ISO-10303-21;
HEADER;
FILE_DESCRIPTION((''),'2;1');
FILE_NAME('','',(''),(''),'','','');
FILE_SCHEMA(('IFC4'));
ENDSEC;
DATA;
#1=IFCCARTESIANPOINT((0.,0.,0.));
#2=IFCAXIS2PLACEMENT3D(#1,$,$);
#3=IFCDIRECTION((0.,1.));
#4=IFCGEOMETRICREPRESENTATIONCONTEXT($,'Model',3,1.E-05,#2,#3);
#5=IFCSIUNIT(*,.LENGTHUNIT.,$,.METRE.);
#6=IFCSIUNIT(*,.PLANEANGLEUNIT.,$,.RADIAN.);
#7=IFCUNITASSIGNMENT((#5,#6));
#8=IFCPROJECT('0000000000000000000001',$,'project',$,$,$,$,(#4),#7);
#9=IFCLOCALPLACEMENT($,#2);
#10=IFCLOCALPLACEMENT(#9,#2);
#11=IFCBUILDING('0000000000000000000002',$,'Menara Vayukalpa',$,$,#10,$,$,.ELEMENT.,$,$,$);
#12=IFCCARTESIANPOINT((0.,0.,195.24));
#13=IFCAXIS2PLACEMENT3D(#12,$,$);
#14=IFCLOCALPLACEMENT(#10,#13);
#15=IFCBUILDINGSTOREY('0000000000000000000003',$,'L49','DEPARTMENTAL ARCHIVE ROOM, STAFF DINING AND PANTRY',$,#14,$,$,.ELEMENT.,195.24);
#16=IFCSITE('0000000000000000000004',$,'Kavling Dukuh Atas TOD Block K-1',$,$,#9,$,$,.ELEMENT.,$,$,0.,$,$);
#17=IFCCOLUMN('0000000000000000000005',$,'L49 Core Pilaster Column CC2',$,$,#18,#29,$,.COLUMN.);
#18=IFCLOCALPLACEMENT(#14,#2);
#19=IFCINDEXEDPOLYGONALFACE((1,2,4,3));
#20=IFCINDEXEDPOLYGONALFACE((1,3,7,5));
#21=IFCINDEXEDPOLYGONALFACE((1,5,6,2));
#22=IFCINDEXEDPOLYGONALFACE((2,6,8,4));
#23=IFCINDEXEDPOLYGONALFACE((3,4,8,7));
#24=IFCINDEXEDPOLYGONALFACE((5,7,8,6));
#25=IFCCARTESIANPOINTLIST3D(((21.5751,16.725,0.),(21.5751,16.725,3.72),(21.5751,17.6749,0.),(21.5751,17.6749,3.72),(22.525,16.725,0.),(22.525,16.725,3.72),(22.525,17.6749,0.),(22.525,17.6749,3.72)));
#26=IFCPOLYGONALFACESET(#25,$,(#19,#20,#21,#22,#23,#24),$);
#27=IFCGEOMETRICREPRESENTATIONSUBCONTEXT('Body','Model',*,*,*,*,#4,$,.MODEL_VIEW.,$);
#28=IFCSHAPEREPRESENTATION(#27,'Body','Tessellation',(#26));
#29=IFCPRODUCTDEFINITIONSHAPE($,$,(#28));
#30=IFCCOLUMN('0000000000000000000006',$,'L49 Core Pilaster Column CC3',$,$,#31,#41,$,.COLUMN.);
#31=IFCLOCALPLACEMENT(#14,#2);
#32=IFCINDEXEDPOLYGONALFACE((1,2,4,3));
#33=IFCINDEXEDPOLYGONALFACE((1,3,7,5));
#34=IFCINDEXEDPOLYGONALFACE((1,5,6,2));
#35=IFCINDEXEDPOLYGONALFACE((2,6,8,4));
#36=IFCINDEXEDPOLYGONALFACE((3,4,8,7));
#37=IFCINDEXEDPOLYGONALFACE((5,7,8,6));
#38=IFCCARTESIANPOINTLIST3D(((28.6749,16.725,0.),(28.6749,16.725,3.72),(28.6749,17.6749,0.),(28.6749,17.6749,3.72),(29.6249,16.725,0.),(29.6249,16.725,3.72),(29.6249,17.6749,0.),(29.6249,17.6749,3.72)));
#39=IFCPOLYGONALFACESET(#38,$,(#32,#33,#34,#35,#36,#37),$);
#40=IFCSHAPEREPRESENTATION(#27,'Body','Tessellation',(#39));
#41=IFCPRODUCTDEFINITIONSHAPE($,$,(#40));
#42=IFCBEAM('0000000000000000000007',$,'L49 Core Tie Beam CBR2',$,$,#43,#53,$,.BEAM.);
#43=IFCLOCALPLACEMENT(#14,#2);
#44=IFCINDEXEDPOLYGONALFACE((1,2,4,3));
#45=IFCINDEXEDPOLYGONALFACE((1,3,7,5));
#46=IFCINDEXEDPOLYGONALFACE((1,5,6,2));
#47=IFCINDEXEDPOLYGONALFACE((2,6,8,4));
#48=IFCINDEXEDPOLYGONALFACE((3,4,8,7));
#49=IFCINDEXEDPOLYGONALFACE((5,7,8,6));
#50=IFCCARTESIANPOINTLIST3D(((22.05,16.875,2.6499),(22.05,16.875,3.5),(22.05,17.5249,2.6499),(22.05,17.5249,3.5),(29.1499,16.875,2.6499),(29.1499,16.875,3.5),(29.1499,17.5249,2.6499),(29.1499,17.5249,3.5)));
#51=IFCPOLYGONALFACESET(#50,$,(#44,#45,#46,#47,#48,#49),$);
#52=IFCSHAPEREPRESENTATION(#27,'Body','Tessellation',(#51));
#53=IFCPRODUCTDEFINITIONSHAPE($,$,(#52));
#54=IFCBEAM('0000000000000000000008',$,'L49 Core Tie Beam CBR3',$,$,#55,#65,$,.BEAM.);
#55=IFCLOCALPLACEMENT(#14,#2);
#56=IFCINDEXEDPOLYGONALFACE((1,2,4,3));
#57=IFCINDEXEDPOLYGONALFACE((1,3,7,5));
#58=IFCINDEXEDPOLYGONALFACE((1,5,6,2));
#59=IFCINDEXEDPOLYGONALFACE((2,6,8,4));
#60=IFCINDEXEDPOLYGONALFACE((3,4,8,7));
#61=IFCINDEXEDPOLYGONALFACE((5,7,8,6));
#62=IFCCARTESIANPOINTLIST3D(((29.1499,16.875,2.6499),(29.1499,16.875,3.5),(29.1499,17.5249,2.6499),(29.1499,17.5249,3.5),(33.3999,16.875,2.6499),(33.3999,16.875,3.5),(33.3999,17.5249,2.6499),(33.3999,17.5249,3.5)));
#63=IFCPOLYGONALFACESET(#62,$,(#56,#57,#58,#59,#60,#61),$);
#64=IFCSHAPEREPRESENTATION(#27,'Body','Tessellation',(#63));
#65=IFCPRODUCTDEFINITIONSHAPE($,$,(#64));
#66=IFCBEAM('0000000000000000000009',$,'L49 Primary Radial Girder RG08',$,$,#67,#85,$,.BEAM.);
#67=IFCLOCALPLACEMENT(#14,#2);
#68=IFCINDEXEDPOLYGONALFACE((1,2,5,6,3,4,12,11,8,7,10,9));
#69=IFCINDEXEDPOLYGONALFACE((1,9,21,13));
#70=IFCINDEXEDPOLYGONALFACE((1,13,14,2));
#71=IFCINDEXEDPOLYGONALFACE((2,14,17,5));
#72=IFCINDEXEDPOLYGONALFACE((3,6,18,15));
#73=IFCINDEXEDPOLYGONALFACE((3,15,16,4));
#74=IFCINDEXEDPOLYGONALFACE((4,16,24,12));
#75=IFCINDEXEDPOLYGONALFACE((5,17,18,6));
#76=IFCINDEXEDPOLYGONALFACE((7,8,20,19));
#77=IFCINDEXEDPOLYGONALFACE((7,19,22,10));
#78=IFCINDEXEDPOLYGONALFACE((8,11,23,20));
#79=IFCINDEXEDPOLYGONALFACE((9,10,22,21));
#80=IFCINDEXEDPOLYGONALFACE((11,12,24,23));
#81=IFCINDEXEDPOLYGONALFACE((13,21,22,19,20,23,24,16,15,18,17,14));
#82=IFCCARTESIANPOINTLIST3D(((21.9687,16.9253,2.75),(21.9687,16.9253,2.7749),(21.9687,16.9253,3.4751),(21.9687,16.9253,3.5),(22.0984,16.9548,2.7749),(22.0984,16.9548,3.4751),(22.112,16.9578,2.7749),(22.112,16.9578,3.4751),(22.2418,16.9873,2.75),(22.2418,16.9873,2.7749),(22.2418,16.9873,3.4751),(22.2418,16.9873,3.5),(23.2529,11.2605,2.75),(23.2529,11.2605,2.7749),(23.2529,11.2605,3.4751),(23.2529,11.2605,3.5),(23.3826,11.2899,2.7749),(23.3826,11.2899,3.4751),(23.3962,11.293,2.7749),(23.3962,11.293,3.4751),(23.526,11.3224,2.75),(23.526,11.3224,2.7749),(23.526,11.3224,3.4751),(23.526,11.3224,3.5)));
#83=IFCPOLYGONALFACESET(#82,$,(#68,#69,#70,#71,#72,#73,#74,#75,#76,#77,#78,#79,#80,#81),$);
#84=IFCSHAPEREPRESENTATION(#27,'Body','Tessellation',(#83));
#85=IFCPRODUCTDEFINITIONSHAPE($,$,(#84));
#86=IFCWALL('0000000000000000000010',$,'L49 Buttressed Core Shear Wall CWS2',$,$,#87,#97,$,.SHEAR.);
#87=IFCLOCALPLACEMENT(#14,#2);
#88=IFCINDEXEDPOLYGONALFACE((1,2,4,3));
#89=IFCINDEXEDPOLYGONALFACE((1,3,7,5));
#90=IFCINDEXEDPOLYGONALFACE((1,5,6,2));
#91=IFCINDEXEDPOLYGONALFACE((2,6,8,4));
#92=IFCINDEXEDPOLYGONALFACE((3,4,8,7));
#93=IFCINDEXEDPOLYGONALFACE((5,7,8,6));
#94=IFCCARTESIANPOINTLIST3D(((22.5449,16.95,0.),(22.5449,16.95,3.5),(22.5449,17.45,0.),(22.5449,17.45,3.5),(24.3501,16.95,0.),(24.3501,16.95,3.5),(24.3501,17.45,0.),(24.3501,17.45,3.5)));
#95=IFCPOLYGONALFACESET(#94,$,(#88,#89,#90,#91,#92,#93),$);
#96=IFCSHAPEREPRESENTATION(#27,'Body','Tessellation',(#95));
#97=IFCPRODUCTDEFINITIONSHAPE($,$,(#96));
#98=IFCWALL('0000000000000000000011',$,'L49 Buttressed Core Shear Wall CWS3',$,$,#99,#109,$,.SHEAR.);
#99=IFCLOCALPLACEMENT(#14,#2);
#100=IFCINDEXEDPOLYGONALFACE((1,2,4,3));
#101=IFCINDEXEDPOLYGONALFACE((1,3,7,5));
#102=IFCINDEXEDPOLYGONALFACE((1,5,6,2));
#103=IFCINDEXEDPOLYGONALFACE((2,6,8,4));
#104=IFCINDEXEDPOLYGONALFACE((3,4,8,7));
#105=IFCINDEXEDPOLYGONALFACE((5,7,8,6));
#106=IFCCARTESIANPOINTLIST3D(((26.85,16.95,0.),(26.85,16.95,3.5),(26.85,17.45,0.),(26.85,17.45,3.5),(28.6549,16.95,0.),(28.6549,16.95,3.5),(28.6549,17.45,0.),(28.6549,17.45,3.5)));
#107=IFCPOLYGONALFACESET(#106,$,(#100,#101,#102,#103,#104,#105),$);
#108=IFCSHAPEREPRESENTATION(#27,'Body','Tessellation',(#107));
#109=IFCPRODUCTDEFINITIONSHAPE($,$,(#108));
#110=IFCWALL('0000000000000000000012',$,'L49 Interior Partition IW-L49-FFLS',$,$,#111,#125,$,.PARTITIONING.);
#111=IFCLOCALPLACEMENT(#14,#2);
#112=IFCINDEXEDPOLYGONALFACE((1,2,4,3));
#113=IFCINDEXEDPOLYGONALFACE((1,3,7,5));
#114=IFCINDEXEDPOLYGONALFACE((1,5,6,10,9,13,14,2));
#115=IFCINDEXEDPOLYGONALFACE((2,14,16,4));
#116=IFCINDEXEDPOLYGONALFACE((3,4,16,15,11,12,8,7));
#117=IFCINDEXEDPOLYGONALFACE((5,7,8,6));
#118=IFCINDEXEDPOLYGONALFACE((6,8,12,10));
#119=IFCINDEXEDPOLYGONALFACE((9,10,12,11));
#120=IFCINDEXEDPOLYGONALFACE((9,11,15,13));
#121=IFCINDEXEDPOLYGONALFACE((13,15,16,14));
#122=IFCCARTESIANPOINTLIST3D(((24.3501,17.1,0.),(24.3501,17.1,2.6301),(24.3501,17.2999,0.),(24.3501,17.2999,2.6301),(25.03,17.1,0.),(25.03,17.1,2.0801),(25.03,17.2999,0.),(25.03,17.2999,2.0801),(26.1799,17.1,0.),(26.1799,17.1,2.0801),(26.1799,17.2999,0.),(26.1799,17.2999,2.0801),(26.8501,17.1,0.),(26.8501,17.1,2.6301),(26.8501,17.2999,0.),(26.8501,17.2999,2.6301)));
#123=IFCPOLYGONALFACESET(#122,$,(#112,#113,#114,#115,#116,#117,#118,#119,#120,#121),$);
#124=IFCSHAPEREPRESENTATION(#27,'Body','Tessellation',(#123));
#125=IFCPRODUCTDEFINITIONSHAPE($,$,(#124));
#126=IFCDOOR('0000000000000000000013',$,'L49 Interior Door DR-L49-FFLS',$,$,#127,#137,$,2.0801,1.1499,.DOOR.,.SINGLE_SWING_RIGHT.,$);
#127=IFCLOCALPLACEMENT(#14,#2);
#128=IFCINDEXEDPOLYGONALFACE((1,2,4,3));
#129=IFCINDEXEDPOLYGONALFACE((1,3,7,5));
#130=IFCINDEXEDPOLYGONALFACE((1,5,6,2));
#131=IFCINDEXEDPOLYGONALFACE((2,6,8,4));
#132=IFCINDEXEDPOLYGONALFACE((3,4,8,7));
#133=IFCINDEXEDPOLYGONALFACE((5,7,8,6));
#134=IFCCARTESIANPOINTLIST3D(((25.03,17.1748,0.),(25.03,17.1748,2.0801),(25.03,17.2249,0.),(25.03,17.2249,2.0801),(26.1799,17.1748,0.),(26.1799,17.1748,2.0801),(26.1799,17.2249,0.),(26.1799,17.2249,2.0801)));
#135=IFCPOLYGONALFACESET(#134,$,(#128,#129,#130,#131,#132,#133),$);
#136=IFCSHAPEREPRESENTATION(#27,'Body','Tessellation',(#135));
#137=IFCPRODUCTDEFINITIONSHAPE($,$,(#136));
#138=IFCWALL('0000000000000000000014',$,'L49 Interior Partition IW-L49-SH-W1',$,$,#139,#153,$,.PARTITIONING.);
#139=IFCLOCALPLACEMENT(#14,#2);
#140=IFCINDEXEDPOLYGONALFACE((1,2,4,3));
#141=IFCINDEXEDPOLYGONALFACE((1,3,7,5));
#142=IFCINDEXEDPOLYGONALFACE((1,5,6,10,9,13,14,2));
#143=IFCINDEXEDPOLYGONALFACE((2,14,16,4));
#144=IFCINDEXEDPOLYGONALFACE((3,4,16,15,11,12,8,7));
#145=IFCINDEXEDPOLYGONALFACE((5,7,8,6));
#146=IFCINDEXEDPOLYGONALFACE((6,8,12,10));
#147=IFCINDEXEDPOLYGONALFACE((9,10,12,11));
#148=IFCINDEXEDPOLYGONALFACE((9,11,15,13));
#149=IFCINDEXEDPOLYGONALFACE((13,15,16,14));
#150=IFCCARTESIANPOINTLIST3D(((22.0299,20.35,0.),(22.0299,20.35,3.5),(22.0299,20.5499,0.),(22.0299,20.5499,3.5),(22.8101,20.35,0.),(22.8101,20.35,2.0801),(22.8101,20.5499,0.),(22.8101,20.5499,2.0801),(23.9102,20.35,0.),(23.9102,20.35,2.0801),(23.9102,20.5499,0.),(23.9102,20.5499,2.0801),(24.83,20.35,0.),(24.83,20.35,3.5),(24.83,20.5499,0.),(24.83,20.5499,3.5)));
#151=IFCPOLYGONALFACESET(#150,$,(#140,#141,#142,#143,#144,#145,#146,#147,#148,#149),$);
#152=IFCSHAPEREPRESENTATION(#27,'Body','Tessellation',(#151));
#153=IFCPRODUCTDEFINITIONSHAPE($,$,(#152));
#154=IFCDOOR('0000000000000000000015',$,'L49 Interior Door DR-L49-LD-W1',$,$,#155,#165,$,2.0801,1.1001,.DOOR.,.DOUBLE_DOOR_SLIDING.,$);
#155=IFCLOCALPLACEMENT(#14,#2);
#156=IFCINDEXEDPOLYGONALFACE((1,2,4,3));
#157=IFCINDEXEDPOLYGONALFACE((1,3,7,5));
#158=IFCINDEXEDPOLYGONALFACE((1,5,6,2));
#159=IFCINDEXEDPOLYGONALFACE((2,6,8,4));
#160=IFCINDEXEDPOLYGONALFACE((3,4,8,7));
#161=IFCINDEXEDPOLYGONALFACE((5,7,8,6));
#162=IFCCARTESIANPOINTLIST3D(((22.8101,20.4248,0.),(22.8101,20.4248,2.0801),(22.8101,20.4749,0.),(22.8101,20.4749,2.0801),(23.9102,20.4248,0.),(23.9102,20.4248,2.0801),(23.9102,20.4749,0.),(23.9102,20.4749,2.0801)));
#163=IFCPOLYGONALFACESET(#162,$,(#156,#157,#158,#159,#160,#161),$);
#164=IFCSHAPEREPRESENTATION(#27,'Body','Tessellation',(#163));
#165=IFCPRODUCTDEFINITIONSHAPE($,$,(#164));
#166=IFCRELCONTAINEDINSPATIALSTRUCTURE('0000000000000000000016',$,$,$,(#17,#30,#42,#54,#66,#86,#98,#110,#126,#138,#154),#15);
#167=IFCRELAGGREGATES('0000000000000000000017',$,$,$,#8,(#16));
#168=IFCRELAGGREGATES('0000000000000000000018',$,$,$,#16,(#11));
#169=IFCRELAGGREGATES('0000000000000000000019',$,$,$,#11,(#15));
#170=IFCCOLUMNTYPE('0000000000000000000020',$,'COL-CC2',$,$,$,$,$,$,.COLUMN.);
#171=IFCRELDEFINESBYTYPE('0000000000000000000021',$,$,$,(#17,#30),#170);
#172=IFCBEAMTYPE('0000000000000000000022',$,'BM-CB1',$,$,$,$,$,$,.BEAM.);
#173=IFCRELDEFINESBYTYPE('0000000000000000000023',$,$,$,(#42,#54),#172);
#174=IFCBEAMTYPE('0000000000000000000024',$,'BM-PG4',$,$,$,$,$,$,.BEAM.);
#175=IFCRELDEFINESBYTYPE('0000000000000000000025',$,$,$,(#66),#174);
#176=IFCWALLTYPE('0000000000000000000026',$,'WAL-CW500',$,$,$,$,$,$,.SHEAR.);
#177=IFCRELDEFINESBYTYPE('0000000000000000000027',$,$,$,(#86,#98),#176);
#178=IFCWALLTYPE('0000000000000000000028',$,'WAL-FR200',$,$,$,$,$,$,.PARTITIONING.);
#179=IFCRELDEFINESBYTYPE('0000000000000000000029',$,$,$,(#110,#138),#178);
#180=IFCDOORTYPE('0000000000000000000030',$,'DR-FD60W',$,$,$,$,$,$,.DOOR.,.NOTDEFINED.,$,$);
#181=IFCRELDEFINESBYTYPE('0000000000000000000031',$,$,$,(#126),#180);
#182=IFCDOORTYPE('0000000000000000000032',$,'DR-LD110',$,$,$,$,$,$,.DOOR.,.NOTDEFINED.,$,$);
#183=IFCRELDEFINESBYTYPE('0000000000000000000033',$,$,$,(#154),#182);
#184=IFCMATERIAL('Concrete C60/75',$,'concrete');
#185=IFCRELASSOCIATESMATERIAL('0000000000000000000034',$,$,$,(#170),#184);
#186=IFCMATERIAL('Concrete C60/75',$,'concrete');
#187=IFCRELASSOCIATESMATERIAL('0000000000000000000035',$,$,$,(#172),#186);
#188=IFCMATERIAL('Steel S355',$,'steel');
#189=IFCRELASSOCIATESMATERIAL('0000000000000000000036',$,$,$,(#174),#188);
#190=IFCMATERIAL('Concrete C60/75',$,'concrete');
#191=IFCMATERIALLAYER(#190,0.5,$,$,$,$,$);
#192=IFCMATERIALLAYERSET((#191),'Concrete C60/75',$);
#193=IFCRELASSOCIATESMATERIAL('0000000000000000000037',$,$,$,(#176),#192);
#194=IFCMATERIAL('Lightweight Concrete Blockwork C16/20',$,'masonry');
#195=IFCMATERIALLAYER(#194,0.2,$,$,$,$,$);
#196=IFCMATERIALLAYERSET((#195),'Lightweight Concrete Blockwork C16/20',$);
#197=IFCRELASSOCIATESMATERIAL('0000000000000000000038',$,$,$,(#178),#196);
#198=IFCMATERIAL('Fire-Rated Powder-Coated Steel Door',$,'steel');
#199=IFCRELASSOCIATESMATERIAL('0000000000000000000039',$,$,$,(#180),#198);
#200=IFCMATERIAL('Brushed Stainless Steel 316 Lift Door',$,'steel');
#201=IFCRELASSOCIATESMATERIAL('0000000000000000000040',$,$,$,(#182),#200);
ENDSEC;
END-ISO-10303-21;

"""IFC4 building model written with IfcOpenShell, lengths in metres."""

from ifc_helpers import new_model, si_unit, direction, frame, frame_2d, origin, origin_2d, place, context, subcontext, project, spatial, rectangle, i_section, extrude, material, layer, layer_set, material_profile, profile_set, type_object, element, fill, save


model = new_model("IFC4")

# Units and contexts
model_context = context("Model", 3, precision=1e-05, world=origin(), true_north=direction((0.0, 1.0)))
body_context = subcontext(model_context, "Body", "Model", "MODEL_VIEW")
ifc_project = project(units=[si_unit("LENGTHUNIT", "METRE"), si_unit("PLANEANGLEUNIT", "RADIAN")], contexts=[model_context])

# Site, building, storey
site_placement = place(None, origin())
site = spatial("IfcSite", under=ifc_project, at=site_placement, Name="Kavling Dukuh Atas TOD Block K-1", CompositionType="ELEMENT", RefElevation=0.0)
building_placement = place(site_placement, origin())
building = spatial("IfcBuilding", under=site, at=building_placement, Name="Menara Vayukalpa", CompositionType="ELEMENT")
storey_placement = place(building_placement, frame((0.0, 0.0, 195.24)))
storey = spatial("IfcBuildingStorey", under=building, at=storey_placement, Name="L49", Description="DEPARTMENTAL ARCHIVE ROOM, STAFF DINING AND PANTRY", CompositionType="ELEMENT", Elevation=195.24)

# Columns
ifc_material_1 = material(Name="Concrete C60/75", Category="concrete")
ifc_material_profile_1 = material_profile(ifc_material_1, rectangle(XDim=0.95, YDim=0.95, at=origin_2d()), Name="RC 950x950")
ifc_profile_set_1 = profile_set([ifc_material_profile_1], Name="Concrete C60/75")
column_type = type_object("IfcColumnType", Name="COL-CC2", PredefinedType="COLUMN", material=ifc_profile_set_1)
for number, where, z_axis, x_axis, name in (
    (1, (22.05, 17.2, 0.0), (0.0, 0.0, 1.0), (1.0, 0.0, 0.0), "L49 Core Pilaster Column CC2"),
    (2, (29.1499, 17.2, 0.0), (0.0, 0.0, 1.0), (1.0, 0.0, 0.0), "L49 Core Pilaster Column CC3"),
):
    element("IfcColumn", number, at=place(storey_placement, frame(where, z_axis=z_axis, x_axis=x_axis)), inside=storey, type_object=column_type, Name=name, PredefinedType="COLUMN", context=body_context, shape_type="SweptSolid", body=[
        extrude(rectangle(XDim=0.95, YDim=0.95, at=origin_2d()), origin(), (0.0, 0.0, 1.0), 3.72),
    ])

# Beams
ifc_material_2 = material(Name="Concrete C60/75", Category="concrete")
ifc_material_profile_2 = material_profile(ifc_material_2, rectangle(XDim=0.6499, YDim=0.8501, at=origin_2d()), Name="RC 650x850")
ifc_profile_set_2 = profile_set([ifc_material_profile_2], Name="Concrete C60/75")
beam_type_1 = type_object("IfcBeamType", Name="BM-CB1", PredefinedType="BEAM", material=ifc_profile_set_2)
beam_1_placement = place(storey_placement, frame((22.05, 17.2, 3.075), z_axis=(1.0, 0.0, 0.0), x_axis=(0.0, 1.0, 0.0)))
element("IfcBeam", 3, at=beam_1_placement, inside=storey, type_object=beam_type_1, Name="L49 Core Tie Beam CBR2", PredefinedType="BEAM", context=body_context, shape_type="SweptSolid", body=[
    extrude(rectangle(XDim=0.6499, YDim=0.8501, at=origin_2d()), origin(), (0.0, 0.0, 1.0), 7.0999),
])
beam_2_placement = place(storey_placement, frame((29.1499, 17.2, 3.075), z_axis=(1.0, 0.0, 0.0), x_axis=(0.0, 1.0, 0.0)))
element("IfcBeam", 4, at=beam_2_placement, inside=storey, type_object=beam_type_1, Name="L49 Core Tie Beam CBR3", PredefinedType="BEAM", context=body_context, shape_type="SweptSolid", body=[
    extrude(rectangle(XDim=0.6499, YDim=0.8501, at=origin_2d()), origin(), (0.0, 0.0, 1.0), 4.25),
])
ifc_material_3 = material(Name="Steel S355", Category="steel")
ifc_material_profile_3 = material_profile(ifc_material_3, i_section(OverallWidth=0.28, OverallDepth=0.75, WebThickness=0.0139, FlangeThickness=0.0249, at=origin_2d()), Name="WF 750x280x14x25")
ifc_profile_set_3 = profile_set([ifc_material_profile_3], Name="Steel S355")
beam_type_2 = type_object("IfcBeamType", Name="BM-PG4", PredefinedType="BEAM", material=ifc_profile_set_3)
beam_3_placement = place(storey_placement, frame((22.1052, 16.9563, 3.125), z_axis=(0.221085, -0.975255, 0.0), x_axis=(0.975255, 0.221085, 0.0)))
element("IfcBeam", 5, at=beam_3_placement, inside=storey, type_object=beam_type_2, Name="L49 Primary Radial Girder RG08", PredefinedType="BEAM", context=body_context, shape_type="SweptSolid", body=[
    extrude(i_section(OverallWidth=0.28, OverallDepth=0.75, WebThickness=0.0139, FlangeThickness=0.0249, at=origin_2d()), origin(), (0.0, 0.0, 1.0), 5.8086),
])

# Walls
ifc_material_4 = material(Name="Concrete C60/75", Category="concrete")
ifc_layer_1 = layer(ifc_material_4, 0.5)
ifc_layer_set_1 = layer_set([ifc_layer_1], Name="Concrete C60/75")
wall_type_1 = type_object("IfcWallType", Name="WAL-CW500", PredefinedType="SHEAR", material=ifc_layer_set_1)
wall_1_placement = place(storey_placement, frame((22.5449, 17.2, 0.0), z_axis=(0.0, 0.0, 1.0), x_axis=(1.0, 0.0, 0.0)))
element("IfcWall", 6, at=wall_1_placement, inside=storey, type_object=wall_type_1, Name="L49 Buttressed Core Shear Wall CWS2", PredefinedType="SHEAR", context=body_context, shape_type="SweptSolid", body=[
    extrude(rectangle(XDim=1.8052, YDim=0.5, at=frame_2d((0.9026, 0.0))), origin(), (0.0, 0.0, 1.0), 3.5),
])
wall_2_placement = place(storey_placement, frame((26.8501, 17.2, 0.0), z_axis=(0.0, 0.0, 1.0), x_axis=(1.0, 0.0, 0.0)))
element("IfcWall", 7, at=wall_2_placement, inside=storey, type_object=wall_type_1, Name="L49 Buttressed Core Shear Wall CWS3", PredefinedType="SHEAR", context=body_context, shape_type="SweptSolid", body=[
    extrude(rectangle(XDim=1.8049, YDim=0.5, at=frame_2d((0.9023, 0.0))), origin(), (0.0, 0.0, 1.0), 3.5),
])

# Walls, openings, doors
ifc_material_5 = material(Name="Lightweight Concrete Blockwork C16/20", Category="masonry")
ifc_layer_2 = layer(ifc_material_5, 0.2)
ifc_layer_set_2 = layer_set([ifc_layer_2], Name="Lightweight Concrete Blockwork C16/20")
wall_type_2 = type_object("IfcWallType", Name="WAL-FR200", PredefinedType="PARTITIONING", material=ifc_layer_set_2)
wall_3_placement = place(storey_placement, frame((24.3501, 17.2, 0.0), z_axis=(0.0, 0.0, 1.0), x_axis=(1.0, 0.0, 0.0)))
wall_3 = element("IfcWall", 8, at=wall_3_placement, inside=storey, type_object=wall_type_2, Name="L49 Interior Partition IW-L49-FFLS", PredefinedType="PARTITIONING", context=body_context, shape_type="SweptSolid", body=[
    extrude(rectangle(XDim=2.5, YDim=0.2, at=frame_2d((1.25, 0.0))), origin(), (0.0, 0.0, 1.0), 2.6301),
])
opening_1_placement = place(wall_3_placement, frame((0.6799, 0.0, 0.0)))
opening_1 = element("IfcOpeningElement", 9, at=opening_1_placement, cuts=wall_3, PredefinedType="OPENING", context=body_context, shape_type="SweptSolid", body=[
    extrude(rectangle(XDim=1.1499, YDim=2.0801, at=frame_2d((0.575, 1.04))), frame((0.0, 0.1099, 0.0), z_axis=(0.0, -1.0, 0.0), x_axis=(1.0, 0.0, 0.0)), (0.0, 0.0, 1.0), 0.22),
])
ifc_material_6 = material(Name="Fire-Rated Powder-Coated Steel Door", Category="steel")
door_type_1 = type_object("IfcDoorType", Name="DR-FD60W", OperationType="NOTDEFINED", PredefinedType="DOOR", material=ifc_material_6)
door_1_placement = place(opening_1_placement, origin())
door_1 = element("IfcDoor", 10, at=door_1_placement, inside=storey, type_object=door_type_1, Name="L49 Interior Door DR-L49-FFLS", OperationType="SINGLE_SWING_RIGHT", OverallHeight=2.0801, OverallWidth=1.1499, PredefinedType="DOOR", context=body_context, shape_type="SweptSolid", body=[
    extrude(rectangle(XDim=1.1499, YDim=2.0801, at=frame_2d((0.575, 1.04))), frame((0.0, 0.0249, 0.0), z_axis=(0.0, -1.0, 0.0), x_axis=(1.0, 0.0, 0.0)), (0.0, 0.0, 1.0), 0.05),
])
fill(opening_1, door_1)
wall_4_placement = place(storey_placement, frame((22.03, 20.45, 0.0), z_axis=(0.0, 0.0, 1.0), x_axis=(1.0, 0.0, 0.0)))
wall_4 = element("IfcWall", 11, at=wall_4_placement, inside=storey, type_object=wall_type_2, Name="L49 Interior Partition IW-L49-SH-W1", PredefinedType="PARTITIONING", context=body_context, shape_type="SweptSolid", body=[
    extrude(rectangle(XDim=2.8, YDim=0.2, at=frame_2d((1.3999, 0.0))), origin(), (0.0, 0.0, 1.0), 3.5),
])
opening_2_placement = place(wall_4_placement, frame((0.78, 0.0, 0.0)))
opening_2 = element("IfcOpeningElement", 12, at=opening_2_placement, cuts=wall_4, PredefinedType="OPENING", context=body_context, shape_type="SweptSolid", body=[
    extrude(rectangle(XDim=1.1001, YDim=2.0801, at=frame_2d((0.55, 1.04))), frame((0.0, 0.1099, 0.0), z_axis=(0.0, -1.0, 0.0), x_axis=(1.0, 0.0, 0.0)), (0.0, 0.0, 1.0), 0.22),
])
ifc_material_7 = material(Name="Brushed Stainless Steel 316 Lift Door", Category="steel")
door_type_2 = type_object("IfcDoorType", Name="DR-LD110", OperationType="NOTDEFINED", PredefinedType="DOOR", material=ifc_material_7)
door_2_placement = place(opening_2_placement, origin())
door_2 = element("IfcDoor", 13, at=door_2_placement, inside=storey, type_object=door_type_2, Name="L49 Interior Door DR-L49-LD-W1", OperationType="DOUBLE_DOOR_SLIDING", OverallHeight=2.0801, OverallWidth=1.1001, PredefinedType="DOOR", context=body_context, shape_type="SweptSolid", body=[
    extrude(rectangle(XDim=1.1001, YDim=2.0801, at=frame_2d((0.55, 1.04))), frame((0.0, 0.0249, 0.0), z_axis=(0.0, -1.0, 0.0), x_axis=(1.0, 0.0, 0.0)), (0.0, 0.0, 1.0), 0.05),
])
fill(opening_2, door_2)

save(model, "model.ifc")
